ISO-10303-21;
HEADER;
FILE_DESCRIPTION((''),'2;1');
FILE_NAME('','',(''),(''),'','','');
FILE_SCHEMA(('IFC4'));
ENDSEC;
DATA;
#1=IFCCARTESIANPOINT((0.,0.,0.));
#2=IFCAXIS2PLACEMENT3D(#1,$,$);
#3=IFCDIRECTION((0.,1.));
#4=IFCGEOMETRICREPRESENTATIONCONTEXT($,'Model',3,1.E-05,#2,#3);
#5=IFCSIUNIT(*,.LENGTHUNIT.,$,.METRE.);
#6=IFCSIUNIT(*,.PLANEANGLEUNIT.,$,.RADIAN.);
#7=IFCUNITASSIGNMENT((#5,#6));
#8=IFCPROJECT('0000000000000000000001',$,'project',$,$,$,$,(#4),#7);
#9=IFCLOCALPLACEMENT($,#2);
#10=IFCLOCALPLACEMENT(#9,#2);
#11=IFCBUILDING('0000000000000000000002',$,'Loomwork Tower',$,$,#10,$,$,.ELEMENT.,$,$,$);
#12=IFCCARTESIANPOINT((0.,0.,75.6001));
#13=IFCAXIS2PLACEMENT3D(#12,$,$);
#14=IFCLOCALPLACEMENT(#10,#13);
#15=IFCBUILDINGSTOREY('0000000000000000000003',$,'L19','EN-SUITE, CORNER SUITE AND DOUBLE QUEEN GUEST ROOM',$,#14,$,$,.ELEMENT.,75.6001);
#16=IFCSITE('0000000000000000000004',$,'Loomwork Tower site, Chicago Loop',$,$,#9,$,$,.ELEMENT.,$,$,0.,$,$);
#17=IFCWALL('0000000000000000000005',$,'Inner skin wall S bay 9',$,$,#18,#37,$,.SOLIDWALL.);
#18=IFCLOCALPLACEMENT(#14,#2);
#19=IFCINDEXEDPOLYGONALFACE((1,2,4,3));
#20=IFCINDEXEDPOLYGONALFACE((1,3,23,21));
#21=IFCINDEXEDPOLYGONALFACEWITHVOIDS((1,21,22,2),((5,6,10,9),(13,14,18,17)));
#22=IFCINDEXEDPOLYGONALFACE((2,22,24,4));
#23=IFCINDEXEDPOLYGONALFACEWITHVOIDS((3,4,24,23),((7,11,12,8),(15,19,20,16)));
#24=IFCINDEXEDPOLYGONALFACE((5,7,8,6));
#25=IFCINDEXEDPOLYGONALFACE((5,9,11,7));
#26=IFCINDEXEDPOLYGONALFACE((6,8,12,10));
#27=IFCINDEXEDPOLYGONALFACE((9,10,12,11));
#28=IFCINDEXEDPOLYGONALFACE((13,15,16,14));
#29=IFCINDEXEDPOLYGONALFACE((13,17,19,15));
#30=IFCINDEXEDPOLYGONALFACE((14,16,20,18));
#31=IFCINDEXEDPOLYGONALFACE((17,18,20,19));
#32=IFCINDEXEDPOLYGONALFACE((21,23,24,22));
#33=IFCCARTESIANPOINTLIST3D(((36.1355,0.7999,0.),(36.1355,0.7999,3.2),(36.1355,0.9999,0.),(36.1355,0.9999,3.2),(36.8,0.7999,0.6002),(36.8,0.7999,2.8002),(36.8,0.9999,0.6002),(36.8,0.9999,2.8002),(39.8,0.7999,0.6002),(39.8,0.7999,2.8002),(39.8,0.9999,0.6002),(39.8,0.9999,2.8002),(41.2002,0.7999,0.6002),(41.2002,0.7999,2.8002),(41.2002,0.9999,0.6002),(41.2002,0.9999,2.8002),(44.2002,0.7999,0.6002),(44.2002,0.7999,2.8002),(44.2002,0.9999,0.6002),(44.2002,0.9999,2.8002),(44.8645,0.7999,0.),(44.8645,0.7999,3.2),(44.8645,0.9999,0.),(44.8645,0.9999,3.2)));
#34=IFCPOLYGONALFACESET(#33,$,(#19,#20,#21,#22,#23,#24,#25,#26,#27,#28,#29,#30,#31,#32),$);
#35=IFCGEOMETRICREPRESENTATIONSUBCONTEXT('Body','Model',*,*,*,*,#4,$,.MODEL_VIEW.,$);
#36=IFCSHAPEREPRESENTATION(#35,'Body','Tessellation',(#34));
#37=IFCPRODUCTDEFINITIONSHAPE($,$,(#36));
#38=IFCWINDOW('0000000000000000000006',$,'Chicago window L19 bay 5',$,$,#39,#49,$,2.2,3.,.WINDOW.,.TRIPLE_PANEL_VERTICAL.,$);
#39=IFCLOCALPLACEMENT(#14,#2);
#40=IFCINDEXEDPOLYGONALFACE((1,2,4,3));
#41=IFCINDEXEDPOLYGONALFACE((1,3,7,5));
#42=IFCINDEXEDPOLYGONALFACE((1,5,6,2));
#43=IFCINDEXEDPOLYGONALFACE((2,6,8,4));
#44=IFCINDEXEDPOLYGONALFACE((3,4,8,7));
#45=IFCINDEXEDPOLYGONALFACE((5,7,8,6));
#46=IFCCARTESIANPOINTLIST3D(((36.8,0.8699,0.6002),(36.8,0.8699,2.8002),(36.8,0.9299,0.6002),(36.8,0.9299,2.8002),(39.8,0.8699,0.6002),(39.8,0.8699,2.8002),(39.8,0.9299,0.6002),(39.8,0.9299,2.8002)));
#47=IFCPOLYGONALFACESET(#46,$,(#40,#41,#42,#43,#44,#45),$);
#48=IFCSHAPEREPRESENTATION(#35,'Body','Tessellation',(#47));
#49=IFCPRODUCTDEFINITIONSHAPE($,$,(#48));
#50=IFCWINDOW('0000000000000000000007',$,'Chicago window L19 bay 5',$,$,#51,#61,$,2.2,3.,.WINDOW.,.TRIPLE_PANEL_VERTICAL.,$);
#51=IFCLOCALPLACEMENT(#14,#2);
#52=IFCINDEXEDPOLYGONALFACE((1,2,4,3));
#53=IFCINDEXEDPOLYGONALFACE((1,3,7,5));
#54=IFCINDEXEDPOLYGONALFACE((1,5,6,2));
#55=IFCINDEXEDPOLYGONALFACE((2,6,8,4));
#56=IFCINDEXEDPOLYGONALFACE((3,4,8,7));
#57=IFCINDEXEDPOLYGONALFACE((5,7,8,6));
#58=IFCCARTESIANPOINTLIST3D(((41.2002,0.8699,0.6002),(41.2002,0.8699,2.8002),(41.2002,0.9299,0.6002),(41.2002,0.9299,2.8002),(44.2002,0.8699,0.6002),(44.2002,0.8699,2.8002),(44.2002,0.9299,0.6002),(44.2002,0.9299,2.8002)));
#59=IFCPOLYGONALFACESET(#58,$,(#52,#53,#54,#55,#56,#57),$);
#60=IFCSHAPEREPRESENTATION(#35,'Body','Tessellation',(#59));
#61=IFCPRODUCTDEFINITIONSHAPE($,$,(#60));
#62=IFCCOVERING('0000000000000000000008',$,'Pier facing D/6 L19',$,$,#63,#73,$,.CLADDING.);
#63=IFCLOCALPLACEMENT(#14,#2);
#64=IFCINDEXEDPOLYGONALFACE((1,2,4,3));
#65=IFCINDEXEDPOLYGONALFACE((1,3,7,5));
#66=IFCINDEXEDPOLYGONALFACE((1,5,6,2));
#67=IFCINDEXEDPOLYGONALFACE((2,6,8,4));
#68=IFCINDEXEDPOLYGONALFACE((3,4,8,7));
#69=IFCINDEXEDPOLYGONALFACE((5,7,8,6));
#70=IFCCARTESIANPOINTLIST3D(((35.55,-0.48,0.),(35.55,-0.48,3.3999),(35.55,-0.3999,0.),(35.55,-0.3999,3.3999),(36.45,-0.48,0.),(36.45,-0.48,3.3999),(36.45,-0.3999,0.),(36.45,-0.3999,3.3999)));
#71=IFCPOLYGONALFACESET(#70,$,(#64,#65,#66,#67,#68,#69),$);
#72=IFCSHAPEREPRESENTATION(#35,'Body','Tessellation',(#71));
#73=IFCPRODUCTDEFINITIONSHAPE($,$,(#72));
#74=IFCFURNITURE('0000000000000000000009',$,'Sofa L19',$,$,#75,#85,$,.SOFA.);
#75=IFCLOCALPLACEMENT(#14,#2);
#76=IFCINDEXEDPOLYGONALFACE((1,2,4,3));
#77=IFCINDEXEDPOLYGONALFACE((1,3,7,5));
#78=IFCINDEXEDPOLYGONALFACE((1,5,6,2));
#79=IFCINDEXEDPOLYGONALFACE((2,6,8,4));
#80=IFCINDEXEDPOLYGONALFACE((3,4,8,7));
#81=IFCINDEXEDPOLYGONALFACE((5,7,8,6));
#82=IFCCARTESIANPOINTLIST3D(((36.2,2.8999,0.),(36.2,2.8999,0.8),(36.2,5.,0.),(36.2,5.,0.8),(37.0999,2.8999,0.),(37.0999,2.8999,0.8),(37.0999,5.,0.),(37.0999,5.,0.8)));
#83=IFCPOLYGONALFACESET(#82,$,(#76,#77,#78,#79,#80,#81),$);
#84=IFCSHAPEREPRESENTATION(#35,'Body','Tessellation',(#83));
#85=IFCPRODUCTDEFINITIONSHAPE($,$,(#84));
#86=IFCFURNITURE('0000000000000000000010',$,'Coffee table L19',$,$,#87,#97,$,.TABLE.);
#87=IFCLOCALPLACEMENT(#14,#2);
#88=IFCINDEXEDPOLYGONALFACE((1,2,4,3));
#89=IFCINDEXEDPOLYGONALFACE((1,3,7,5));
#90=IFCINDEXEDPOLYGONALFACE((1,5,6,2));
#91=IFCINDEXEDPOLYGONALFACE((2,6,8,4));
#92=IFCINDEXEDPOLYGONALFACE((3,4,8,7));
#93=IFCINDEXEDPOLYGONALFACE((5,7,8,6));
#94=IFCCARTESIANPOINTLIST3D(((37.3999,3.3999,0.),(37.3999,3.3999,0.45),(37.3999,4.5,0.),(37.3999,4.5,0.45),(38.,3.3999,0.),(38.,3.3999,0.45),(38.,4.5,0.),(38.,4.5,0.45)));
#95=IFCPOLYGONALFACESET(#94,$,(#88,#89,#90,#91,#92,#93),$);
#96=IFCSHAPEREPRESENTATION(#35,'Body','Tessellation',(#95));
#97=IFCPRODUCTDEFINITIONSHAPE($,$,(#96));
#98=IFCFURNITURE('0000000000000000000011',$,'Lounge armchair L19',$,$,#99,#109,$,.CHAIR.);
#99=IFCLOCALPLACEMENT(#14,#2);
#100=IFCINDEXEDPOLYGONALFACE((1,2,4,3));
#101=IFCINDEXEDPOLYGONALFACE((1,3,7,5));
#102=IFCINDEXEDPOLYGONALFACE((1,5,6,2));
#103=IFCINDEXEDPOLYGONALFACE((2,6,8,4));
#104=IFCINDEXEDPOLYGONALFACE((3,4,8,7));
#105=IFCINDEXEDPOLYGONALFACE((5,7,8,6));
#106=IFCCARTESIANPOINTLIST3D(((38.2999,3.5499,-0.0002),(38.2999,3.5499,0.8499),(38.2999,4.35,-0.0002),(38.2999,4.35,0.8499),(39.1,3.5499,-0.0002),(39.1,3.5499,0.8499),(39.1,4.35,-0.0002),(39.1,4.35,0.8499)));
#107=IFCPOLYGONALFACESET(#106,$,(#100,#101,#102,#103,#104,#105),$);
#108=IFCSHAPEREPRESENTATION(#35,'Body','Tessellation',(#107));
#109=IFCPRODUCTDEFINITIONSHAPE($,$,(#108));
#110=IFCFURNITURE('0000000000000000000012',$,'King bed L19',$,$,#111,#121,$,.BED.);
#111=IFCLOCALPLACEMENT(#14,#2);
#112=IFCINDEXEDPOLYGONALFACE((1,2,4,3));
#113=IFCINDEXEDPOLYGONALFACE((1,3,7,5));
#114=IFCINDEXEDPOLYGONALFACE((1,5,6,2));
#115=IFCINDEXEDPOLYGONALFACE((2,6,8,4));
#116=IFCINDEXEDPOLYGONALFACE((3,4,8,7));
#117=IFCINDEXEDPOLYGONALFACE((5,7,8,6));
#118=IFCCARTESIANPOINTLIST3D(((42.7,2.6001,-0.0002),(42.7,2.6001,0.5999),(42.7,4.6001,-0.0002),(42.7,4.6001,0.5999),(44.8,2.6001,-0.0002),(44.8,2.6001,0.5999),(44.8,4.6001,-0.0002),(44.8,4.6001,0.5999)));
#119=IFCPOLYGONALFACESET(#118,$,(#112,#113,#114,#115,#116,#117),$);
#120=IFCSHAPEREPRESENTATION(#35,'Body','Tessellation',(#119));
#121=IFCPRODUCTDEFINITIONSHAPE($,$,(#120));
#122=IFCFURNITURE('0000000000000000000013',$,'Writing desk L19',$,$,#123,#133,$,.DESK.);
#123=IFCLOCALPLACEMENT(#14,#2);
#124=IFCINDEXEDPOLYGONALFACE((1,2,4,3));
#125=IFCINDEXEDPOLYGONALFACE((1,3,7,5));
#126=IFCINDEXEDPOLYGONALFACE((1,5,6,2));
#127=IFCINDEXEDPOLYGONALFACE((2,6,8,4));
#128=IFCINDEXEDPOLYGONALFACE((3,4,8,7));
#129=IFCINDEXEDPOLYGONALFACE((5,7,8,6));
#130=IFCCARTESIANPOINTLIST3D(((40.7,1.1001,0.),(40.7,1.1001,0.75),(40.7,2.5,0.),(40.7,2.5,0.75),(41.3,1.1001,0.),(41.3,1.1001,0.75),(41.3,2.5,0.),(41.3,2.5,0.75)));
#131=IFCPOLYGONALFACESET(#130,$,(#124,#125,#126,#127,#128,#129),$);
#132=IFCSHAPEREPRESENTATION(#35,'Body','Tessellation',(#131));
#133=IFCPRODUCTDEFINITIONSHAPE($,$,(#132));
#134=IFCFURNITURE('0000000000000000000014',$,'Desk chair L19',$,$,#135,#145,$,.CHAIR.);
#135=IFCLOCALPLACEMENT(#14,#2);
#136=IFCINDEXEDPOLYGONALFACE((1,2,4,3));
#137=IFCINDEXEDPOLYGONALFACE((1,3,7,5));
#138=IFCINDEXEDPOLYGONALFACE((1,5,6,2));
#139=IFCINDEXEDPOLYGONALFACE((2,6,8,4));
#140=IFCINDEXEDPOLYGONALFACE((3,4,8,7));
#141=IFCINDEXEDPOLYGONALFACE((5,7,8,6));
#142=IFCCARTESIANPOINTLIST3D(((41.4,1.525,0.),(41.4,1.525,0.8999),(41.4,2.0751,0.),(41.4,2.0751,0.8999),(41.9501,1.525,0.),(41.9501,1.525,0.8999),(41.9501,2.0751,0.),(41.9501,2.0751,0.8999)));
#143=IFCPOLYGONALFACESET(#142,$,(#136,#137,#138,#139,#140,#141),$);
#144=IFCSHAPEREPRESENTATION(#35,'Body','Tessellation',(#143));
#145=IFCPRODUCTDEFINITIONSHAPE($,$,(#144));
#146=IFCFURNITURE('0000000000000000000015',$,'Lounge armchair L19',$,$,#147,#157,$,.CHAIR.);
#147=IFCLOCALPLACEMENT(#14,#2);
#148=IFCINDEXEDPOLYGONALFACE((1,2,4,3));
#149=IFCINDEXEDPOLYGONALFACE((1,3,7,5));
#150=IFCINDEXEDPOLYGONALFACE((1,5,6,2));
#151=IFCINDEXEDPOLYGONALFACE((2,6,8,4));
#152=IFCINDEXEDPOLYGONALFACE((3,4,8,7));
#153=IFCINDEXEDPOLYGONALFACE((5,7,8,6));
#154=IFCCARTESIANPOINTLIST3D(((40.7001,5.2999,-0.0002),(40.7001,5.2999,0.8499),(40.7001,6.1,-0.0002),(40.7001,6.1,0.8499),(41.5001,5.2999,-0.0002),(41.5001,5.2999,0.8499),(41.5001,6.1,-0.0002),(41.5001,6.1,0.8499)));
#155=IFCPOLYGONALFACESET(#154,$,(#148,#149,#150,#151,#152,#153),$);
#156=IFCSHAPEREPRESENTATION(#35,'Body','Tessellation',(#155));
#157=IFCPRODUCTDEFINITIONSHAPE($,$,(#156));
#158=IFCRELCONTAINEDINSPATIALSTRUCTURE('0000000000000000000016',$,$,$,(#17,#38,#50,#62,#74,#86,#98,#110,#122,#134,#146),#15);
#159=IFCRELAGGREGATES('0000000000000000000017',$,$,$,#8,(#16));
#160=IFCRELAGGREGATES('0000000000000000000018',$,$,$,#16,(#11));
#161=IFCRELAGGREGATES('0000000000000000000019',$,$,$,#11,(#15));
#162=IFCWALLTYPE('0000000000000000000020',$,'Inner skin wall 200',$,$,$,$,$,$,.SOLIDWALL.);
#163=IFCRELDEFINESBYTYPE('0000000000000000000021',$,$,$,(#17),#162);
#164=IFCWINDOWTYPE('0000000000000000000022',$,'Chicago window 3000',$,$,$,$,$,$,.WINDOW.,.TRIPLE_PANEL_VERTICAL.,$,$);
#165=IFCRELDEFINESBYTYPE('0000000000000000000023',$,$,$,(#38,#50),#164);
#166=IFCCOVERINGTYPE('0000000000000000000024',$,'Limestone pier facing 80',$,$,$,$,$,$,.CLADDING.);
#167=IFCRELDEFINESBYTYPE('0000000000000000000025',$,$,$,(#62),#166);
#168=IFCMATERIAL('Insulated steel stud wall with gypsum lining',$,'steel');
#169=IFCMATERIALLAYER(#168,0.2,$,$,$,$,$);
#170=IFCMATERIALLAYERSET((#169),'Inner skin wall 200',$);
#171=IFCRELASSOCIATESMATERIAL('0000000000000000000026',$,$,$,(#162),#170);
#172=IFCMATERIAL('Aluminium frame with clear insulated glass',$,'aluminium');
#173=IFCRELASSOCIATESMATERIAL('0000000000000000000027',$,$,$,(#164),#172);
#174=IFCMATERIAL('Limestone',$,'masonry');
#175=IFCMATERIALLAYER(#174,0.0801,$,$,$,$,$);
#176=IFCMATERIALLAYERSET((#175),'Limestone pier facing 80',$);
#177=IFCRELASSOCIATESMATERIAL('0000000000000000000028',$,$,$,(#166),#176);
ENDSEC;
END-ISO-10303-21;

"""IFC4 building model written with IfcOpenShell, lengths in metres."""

from ifc_helpers import new_model, si_unit, direction, frame, frame_2d, origin, origin_2d, place, context, subcontext, project, spatial, rectangle, extrude, material, layer, layer_set, type_object, element, fill, save


model = new_model("IFC4")

# Units and contexts
model_context = context("Model", 3, precision=1e-05, world=origin(), true_north=direction((0.0, 1.0)))
body_context = subcontext(model_context, "Body", "Model", "MODEL_VIEW")
ifc_project = project(units=[si_unit("LENGTHUNIT", "METRE"), si_unit("PLANEANGLEUNIT", "RADIAN")], contexts=[model_context])

# Site, building, storey
site_placement = place(None, origin())
site = spatial("IfcSite", under=ifc_project, at=site_placement, Name="Loomwork Tower site, Chicago Loop", CompositionType="ELEMENT", RefElevation=0.0)
building_placement = place(site_placement, origin())
building = spatial("IfcBuilding", under=site, at=building_placement, Name="Loomwork Tower", CompositionType="ELEMENT")
storey_placement = place(building_placement, frame((0.0, 0.0, 75.6001)))
storey = spatial("IfcBuildingStorey", under=building, at=storey_placement, Name="L19", Description="EN-SUITE, CORNER SUITE AND DOUBLE QUEEN GUEST ROOM", CompositionType="ELEMENT", Elevation=75.6001)

# Wall, openings, windows
ifc_material_1 = material(Name="Insulated steel stud wall with gypsum lining", Category="steel")
ifc_layer_1 = layer(ifc_material_1, 0.2)
ifc_layer_set_1 = layer_set([ifc_layer_1], Name="Inner skin wall 200")
wall_type = type_object("IfcWallType", Name="Inner skin wall 200", PredefinedType="SOLIDWALL", material=ifc_layer_set_1)
wall_placement = place(storey_placement, frame((36.1355, 0.8999, 0.0), z_axis=(0.0, 0.0, 1.0), x_axis=(1.0, 0.0, 0.0)))
wall = element("IfcWall", 1, at=wall_placement, inside=storey, type_object=wall_type, Name="Inner skin wall S bay 9", PredefinedType="SOLIDWALL", context=body_context, shape_type="SweptSolid", body=[
    extrude(rectangle(XDim=8.729, YDim=0.2, at=frame_2d((4.3645, 0.0))), origin(), (0.0, 0.0, 1.0), 3.2),
])
opening_1_placement = place(wall_placement, frame((0.6646, 0.0, 0.6001)))
opening_1 = element("IfcOpeningElement", 2, at=opening_1_placement, cuts=wall, PredefinedType="OPENING", context=body_context, shape_type="SweptSolid", body=[
    extrude(rectangle(XDim=3.0, YDim=2.2, at=frame_2d((1.5, 1.1001))), frame((0.0, 0.1099, 0.0), z_axis=(0.0, -1.0, 0.0), x_axis=(1.0, 0.0, 0.0)), (0.0, 0.0, 1.0), 0.22),
])
opening_2_placement = place(wall_placement, frame((5.0647, 0.0, 0.6001)))
opening_2 = element("IfcOpeningElement", 3, at=opening_2_placement, cuts=wall, PredefinedType="OPENING", context=body_context, shape_type="SweptSolid", body=[
    extrude(rectangle(XDim=3.0, YDim=2.2, at=frame_2d((1.5, 1.1001))), frame((0.0, 0.1099, 0.0), z_axis=(0.0, -1.0, 0.0), x_axis=(1.0, 0.0, 0.0)), (0.0, 0.0, 1.0), 0.22),
])
ifc_material_2 = material(Name="Aluminium frame with clear insulated glass", Category="aluminium")
window_type = type_object("IfcWindowType", Name="Chicago window 3000", PartitioningType="TRIPLE_PANEL_VERTICAL", PredefinedType="WINDOW", material=ifc_material_2)
window_1_placement = place(opening_1_placement, origin())
window_1 = element("IfcWindow", 4, at=window_1_placement, inside=storey, type_object=window_type, Name="Chicago window L19 bay 5", OverallHeight=2.2, OverallWidth=3.0, PartitioningType="TRIPLE_PANEL_VERTICAL", PredefinedType="WINDOW", context=body_context, shape_type="SweptSolid", body=[
    extrude(rectangle(XDim=3.0, YDim=2.2, at=frame_2d((1.5, 1.1001))), frame((0.0, 0.03, 0.0), z_axis=(0.0, -1.0, 0.0), x_axis=(1.0, 0.0, 0.0)), (0.0, 0.0, 1.0), 0.0601),
])
fill(opening_1, window_1)
window_2_placement = place(opening_2_placement, origin())
window_2 = element("IfcWindow", 5, at=window_2_placement, inside=storey, type_object=window_type, Name="Chicago window L19 bay 5", OverallHeight=2.2, OverallWidth=3.0, PartitioningType="TRIPLE_PANEL_VERTICAL", PredefinedType="WINDOW", context=body_context, shape_type="SweptSolid", body=[
    extrude(rectangle(XDim=3.0, YDim=2.2, at=frame_2d((1.5, 1.1001))), frame((0.0, 0.03, 0.0), z_axis=(0.0, -1.0, 0.0), x_axis=(1.0, 0.0, 0.0)), (0.0, 0.0, 1.0), 0.0601),
])
fill(opening_2, window_2)

# Covering
ifc_material_3 = material(Name="Limestone", Category="masonry")
ifc_layer_2 = layer(ifc_material_3, 0.0801)
ifc_layer_set_2 = layer_set([ifc_layer_2], Name="Limestone pier facing 80")
covering_type = type_object("IfcCoveringType", Name="Limestone pier facing 80", PredefinedType="CLADDING", material=ifc_layer_set_2)
covering_placement = place(storey_placement, frame((36.0, -0.4399, 0.0), z_axis=(0.0, 0.0, 1.0), x_axis=(1.0, 0.0, 0.0)))
element("IfcCovering", 6, at=covering_placement, inside=storey, type_object=covering_type, Name="Pier facing D/6 L19", PredefinedType="CLADDING", context=body_context, shape_type="SweptSolid", body=[
    extrude(rectangle(XDim=0.8999, YDim=0.0801, at=origin_2d()), origin(), (0.0, 0.0, 1.0), 3.3999),
])

# Furniture
furniture_1_placement = place(storey_placement, frame((36.6499, 3.95, 0.0), z_axis=(0.0, 0.0, 1.0), x_axis=(1.0, 0.0, 0.0)))
element("IfcFurniture", 7, at=furniture_1_placement, inside=storey, Name="Sofa L19", PredefinedType="SOFA", context=body_context, shape_type="SweptSolid", body=[
    extrude(rectangle(XDim=0.8999, YDim=2.1001, at=origin_2d()), origin(), (0.0, 0.0, 1.0), 0.8),
])
furniture_2_placement = place(storey_placement, frame((37.7, 3.95, 0.0), z_axis=(0.0, 0.0, 1.0), x_axis=(1.0, 0.0, 0.0)))
element("IfcFurniture", 8, at=furniture_2_placement, inside=storey, Name="Coffee table L19", PredefinedType="TABLE", context=body_context, shape_type="SweptSolid", body=[
    extrude(rectangle(XDim=0.6001, YDim=1.1001, at=origin_2d()), origin(), (0.0, 0.0, 1.0), 0.45),
])
furniture_3_placement = place(storey_placement, frame((38.7, 3.95, -0.0002), z_axis=(0.0, 0.0, 1.0), x_axis=(1.0, 0.0, 0.0)))
element("IfcFurniture", 9, at=furniture_3_placement, inside=storey, Name="Lounge armchair L19", PredefinedType="CHAIR", context=body_context, shape_type="SweptSolid", body=[
    extrude(rectangle(XDim=0.8, YDim=0.8, at=origin_2d()), origin(), (0.0, 0.0, 1.0), 0.8501),
])
furniture_4_placement = place(storey_placement, frame((43.75, 3.6001, -0.0002), z_axis=(0.0, 0.0, 1.0), x_axis=(1.0, 0.0, 0.0)))
element("IfcFurniture", 10, at=furniture_4_placement, inside=storey, Name="King bed L19", PredefinedType="BED", context=body_context, shape_type="SweptSolid", body=[
    extrude(rectangle(XDim=2.1001, YDim=2.0, at=origin_2d()), origin(), (0.0, 0.0, 1.0), 0.6001),
])
furniture_5_placement = place(storey_placement, frame((41.0, 1.8, 0.0), z_axis=(0.0, 0.0, 1.0), x_axis=(1.0, 0.0, 0.0)))
element("IfcFurniture", 11, at=furniture_5_placement, inside=storey, Name="Writing desk L19", PredefinedType="DESK", context=body_context, shape_type="SweptSolid", body=[
    extrude(rectangle(XDim=0.6001, YDim=1.3999, at=origin_2d()), origin(), (0.0, 0.0, 1.0), 0.75),
])
furniture_6_placement = place(storey_placement, frame((41.675, 1.8, 0.0), z_axis=(0.0, 0.0, 1.0), x_axis=(1.0, 0.0, 0.0)))
element("IfcFurniture", 12, at=furniture_6_placement, inside=storey, Name="Desk chair L19", PredefinedType="CHAIR", context=body_context, shape_type="SweptSolid", body=[
    extrude(rectangle(XDim=0.55, YDim=0.55, at=origin_2d()), origin(), (0.0, 0.0, 1.0), 0.8999),
])
furniture_7_placement = place(storey_placement, frame((41.1001, 5.7, -0.0002), z_axis=(0.0, 0.0, 1.0), x_axis=(1.0, 0.0, 0.0)))
element("IfcFurniture", 13, at=furniture_7_placement, inside=storey, Name="Lounge armchair L19", PredefinedType="CHAIR", context=body_context, shape_type="SweptSolid", body=[
    extrude(rectangle(XDim=0.8, YDim=0.8, at=origin_2d()), origin(), (0.0, 0.0, 1.0), 0.8501),
])

save(model, "model.ifc")
